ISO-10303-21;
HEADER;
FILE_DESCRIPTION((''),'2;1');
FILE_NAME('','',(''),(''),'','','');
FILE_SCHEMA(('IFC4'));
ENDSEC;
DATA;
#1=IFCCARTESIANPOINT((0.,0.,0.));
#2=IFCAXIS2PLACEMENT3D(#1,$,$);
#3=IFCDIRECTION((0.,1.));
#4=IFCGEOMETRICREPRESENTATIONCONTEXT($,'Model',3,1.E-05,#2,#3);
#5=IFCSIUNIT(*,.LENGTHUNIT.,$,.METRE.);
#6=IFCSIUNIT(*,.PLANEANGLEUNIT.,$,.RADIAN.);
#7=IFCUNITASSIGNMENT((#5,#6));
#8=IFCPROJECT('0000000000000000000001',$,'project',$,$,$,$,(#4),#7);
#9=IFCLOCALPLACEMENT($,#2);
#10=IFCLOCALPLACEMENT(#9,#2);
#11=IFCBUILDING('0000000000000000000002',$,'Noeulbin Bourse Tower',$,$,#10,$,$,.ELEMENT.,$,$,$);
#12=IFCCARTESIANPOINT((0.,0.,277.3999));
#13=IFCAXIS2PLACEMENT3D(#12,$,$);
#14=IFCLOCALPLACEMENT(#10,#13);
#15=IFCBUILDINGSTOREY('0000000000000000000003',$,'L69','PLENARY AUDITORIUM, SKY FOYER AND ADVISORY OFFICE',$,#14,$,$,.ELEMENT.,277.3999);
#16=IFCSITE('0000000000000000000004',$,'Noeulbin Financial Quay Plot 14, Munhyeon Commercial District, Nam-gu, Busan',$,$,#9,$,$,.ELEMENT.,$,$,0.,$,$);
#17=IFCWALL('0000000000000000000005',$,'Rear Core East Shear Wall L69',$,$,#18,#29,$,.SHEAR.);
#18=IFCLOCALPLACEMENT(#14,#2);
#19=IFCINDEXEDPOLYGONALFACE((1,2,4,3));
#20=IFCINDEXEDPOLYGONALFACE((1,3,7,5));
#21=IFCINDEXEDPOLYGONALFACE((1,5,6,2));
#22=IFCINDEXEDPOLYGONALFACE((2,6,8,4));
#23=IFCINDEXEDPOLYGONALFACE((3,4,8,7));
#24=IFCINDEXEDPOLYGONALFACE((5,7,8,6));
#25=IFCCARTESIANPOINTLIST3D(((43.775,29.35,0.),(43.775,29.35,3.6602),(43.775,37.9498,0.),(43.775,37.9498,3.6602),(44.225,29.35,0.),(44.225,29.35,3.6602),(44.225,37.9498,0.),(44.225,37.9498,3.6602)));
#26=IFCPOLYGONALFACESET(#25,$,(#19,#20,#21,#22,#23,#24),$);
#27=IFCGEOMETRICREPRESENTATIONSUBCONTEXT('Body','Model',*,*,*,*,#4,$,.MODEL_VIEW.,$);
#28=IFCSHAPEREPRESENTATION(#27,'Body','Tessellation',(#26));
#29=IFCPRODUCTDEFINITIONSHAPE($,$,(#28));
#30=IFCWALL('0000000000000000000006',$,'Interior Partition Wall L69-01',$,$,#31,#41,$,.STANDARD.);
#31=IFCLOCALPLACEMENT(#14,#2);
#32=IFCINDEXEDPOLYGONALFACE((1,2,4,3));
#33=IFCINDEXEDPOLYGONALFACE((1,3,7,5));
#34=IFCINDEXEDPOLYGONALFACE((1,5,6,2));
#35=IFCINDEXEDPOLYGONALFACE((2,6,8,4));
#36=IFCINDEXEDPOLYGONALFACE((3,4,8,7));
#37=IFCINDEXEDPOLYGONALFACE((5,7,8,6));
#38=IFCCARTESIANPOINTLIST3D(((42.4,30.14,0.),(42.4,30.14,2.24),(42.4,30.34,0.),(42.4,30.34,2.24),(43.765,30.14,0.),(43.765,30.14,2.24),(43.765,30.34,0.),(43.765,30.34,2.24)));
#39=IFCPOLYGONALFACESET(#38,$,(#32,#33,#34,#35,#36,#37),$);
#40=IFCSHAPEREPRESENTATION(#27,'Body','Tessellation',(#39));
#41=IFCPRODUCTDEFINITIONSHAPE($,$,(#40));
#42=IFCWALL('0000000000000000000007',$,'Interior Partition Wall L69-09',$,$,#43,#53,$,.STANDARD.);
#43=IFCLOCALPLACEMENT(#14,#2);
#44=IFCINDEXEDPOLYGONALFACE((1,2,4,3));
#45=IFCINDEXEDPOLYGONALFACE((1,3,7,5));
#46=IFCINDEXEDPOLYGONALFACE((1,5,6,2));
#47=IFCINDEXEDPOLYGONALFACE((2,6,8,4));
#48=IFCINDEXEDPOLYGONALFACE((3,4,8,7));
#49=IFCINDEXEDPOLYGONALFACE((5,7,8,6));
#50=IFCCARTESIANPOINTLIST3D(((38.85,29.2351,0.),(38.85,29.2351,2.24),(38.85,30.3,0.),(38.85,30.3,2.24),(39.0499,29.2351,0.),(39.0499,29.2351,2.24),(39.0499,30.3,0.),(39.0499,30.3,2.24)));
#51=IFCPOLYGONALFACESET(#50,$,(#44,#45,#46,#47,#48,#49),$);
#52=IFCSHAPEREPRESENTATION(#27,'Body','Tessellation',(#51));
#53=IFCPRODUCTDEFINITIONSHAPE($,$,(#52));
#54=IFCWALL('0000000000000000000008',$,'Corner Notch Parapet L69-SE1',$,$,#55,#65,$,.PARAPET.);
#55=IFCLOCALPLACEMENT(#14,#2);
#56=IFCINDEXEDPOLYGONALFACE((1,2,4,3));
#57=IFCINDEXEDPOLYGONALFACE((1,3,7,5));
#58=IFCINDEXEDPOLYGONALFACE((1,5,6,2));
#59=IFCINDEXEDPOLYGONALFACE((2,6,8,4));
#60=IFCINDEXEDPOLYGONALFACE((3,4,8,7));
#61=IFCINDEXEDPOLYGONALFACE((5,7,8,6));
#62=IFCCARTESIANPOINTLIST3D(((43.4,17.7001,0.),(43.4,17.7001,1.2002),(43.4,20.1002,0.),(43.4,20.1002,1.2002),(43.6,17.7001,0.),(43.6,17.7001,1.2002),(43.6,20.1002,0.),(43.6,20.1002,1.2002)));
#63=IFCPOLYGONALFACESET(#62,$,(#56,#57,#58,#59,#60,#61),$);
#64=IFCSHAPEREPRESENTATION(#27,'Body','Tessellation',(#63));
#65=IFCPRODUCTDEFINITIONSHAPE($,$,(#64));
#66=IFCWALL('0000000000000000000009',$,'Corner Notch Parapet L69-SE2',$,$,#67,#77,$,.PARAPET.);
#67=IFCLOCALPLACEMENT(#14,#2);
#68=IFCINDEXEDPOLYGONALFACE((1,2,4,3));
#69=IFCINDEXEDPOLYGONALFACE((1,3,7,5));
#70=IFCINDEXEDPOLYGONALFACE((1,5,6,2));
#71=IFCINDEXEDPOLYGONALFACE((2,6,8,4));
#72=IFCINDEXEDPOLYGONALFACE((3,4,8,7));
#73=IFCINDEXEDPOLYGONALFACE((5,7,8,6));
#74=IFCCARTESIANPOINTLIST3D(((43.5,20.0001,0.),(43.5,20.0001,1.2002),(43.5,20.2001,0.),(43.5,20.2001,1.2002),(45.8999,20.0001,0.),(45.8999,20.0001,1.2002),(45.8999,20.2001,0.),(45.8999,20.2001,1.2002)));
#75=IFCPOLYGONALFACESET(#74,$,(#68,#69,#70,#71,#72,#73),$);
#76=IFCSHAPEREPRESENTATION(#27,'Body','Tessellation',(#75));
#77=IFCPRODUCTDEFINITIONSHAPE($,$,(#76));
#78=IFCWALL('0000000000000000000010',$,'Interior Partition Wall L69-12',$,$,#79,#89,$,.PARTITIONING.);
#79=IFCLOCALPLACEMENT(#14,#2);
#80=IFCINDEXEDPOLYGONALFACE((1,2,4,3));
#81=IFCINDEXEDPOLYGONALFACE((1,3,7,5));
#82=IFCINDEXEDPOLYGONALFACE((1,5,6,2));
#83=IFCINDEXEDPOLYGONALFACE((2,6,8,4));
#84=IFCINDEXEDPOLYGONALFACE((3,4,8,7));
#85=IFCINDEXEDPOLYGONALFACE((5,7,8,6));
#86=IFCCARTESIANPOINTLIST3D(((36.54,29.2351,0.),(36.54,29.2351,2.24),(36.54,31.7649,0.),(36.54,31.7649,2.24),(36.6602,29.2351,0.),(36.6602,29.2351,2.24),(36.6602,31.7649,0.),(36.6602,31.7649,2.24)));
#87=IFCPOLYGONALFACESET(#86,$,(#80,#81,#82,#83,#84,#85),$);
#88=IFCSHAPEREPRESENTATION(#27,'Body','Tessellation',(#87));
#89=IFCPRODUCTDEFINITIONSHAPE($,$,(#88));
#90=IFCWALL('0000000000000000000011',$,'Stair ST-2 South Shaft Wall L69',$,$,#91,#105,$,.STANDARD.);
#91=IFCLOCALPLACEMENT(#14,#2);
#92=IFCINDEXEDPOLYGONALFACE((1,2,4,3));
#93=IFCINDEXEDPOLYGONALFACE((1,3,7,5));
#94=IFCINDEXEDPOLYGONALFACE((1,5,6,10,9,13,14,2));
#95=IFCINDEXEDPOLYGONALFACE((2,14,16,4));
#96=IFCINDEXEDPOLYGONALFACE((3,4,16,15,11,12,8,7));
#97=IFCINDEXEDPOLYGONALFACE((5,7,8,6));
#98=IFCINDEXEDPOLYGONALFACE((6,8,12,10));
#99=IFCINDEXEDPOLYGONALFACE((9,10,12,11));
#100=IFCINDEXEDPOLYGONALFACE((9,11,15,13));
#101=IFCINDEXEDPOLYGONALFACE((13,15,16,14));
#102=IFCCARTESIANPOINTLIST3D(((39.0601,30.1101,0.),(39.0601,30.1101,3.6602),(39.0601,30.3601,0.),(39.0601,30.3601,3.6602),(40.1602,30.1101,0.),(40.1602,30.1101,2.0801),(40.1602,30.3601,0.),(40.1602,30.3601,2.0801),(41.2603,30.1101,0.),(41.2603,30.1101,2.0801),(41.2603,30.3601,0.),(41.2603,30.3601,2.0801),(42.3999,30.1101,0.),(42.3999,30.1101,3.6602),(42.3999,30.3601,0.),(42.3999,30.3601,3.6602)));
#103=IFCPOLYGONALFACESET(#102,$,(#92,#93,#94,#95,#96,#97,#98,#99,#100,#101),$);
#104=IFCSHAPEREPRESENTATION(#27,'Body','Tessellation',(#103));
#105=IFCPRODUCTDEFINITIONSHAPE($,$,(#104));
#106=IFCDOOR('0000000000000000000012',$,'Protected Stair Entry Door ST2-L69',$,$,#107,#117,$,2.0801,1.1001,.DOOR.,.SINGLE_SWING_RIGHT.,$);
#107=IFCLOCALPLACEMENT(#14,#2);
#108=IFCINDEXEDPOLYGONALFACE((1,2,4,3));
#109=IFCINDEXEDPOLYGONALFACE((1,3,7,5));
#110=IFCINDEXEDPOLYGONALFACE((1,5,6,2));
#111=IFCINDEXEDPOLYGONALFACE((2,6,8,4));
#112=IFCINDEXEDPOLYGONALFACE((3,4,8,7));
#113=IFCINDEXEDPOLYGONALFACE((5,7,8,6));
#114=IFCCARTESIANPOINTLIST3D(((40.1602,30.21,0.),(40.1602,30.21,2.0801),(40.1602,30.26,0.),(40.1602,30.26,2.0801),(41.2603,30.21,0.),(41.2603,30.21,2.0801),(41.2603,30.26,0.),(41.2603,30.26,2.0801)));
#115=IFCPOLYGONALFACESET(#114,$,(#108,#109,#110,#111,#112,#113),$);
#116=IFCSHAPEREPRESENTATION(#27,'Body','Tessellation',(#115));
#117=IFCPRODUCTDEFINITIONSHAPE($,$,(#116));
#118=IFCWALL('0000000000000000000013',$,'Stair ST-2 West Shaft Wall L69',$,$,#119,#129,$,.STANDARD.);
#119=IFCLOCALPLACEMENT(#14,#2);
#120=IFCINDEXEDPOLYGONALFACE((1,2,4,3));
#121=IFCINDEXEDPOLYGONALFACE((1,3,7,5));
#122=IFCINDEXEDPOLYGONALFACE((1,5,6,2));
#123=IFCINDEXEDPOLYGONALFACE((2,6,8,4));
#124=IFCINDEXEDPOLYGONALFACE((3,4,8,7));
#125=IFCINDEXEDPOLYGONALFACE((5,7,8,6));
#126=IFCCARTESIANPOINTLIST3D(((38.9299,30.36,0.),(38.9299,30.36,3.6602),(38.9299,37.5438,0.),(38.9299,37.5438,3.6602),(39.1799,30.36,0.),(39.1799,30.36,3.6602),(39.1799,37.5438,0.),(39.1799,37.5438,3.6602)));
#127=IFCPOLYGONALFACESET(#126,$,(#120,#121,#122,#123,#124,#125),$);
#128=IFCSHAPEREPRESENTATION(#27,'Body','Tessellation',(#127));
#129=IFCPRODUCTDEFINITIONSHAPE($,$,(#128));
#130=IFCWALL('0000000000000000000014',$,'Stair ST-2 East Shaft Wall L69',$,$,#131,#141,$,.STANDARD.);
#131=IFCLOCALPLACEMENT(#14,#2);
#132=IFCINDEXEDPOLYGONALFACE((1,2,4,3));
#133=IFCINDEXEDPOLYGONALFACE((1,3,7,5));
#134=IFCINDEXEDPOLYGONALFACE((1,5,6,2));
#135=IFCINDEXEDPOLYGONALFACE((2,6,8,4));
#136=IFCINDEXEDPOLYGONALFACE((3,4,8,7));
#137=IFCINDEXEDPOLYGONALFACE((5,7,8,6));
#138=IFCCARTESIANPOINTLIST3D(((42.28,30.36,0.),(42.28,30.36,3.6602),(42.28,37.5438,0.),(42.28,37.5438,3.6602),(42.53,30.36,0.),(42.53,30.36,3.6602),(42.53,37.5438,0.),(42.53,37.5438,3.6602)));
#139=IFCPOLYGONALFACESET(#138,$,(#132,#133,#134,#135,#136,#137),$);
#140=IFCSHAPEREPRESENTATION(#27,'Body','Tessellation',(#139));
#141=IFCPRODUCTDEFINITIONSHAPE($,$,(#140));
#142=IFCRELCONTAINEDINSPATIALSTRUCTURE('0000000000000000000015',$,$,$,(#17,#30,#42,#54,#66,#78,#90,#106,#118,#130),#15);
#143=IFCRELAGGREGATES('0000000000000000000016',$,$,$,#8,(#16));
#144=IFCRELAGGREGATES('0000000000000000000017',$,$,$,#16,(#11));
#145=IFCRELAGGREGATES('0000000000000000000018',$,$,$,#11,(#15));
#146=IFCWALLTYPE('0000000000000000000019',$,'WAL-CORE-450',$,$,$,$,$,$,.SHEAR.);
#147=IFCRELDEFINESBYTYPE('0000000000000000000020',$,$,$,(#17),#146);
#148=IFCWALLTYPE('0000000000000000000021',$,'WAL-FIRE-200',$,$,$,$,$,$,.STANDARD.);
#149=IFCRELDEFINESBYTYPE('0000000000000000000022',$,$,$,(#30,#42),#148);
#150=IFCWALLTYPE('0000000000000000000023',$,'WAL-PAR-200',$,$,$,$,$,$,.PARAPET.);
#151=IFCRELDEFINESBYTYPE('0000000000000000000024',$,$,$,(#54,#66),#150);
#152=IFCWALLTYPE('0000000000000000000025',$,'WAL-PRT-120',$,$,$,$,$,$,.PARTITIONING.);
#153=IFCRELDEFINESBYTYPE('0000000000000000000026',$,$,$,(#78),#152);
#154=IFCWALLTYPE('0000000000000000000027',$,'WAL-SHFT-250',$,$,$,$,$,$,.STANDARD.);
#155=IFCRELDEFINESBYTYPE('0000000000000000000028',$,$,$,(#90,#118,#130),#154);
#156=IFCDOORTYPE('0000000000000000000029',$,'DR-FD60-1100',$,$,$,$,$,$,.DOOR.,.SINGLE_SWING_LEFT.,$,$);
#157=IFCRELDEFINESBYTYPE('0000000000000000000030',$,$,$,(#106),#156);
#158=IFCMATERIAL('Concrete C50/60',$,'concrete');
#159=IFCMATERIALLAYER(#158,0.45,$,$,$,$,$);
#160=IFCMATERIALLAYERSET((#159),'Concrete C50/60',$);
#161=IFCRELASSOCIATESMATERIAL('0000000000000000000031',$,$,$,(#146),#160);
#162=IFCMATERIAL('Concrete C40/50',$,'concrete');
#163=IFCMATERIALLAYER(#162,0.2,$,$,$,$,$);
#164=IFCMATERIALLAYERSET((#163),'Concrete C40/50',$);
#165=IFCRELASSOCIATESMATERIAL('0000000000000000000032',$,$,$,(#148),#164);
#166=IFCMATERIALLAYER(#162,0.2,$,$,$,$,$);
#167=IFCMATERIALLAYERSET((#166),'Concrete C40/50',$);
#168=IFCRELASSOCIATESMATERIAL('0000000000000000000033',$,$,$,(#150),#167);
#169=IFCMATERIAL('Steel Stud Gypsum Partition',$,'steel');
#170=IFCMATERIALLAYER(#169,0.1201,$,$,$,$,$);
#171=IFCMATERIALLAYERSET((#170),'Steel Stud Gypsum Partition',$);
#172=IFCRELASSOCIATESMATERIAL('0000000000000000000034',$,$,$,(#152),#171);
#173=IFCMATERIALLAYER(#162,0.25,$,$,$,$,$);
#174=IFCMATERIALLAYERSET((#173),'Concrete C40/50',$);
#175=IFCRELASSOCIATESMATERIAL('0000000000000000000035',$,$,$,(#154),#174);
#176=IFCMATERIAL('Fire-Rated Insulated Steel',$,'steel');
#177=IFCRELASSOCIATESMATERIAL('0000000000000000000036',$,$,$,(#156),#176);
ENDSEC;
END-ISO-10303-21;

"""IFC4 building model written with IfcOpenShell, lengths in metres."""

from ifc_helpers import new_model, si_unit, direction, frame, frame_2d, origin, place, context, subcontext, project, spatial, rectangle, extrude, material, layer, layer_set, type_object, element, fill, save


model = new_model("IFC4")

# Units and contexts
model_context = context("Model", 3, precision=1e-05, world=origin(), true_north=direction((0.0, 1.0)))
body_context = subcontext(model_context, "Body", "Model", "MODEL_VIEW")
ifc_project = project(units=[si_unit("LENGTHUNIT", "METRE"), si_unit("PLANEANGLEUNIT", "RADIAN")], contexts=[model_context])

# Site, building, storey
site_placement = place(None, origin())
site = spatial("IfcSite", under=ifc_project, at=site_placement, Name="Noeulbin Financial Quay Plot 14, Munhyeon Commercial District, Nam-gu, Busan", CompositionType="ELEMENT", RefElevation=0.0)
building_placement = place(site_placement, origin())
building = spatial("IfcBuilding", under=site, at=building_placement, Name="Noeulbin Bourse Tower", CompositionType="ELEMENT")
storey_placement = place(building_placement, frame((0.0, 0.0, 277.3999)))
storey = spatial("IfcBuildingStorey", under=building, at=storey_placement, Name="L69", Description="PLENARY AUDITORIUM, SKY FOYER AND ADVISORY OFFICE", CompositionType="ELEMENT", Elevation=277.3999)

# Walls
ifc_material_1 = material(Name="Concrete C50/60", Category="concrete")
ifc_layer_1 = layer(ifc_material_1, 0.45)
ifc_layer_set_1 = layer_set([ifc_layer_1], Name="Concrete C50/60")
wall_type_1 = type_object("IfcWallType", Name="WAL-CORE-450", PredefinedType="SHEAR", material=ifc_layer_set_1)
wall_1_placement = place(storey_placement, frame((44.0, 29.3501, 0.0), z_axis=(0.0, 0.0, 1.0), x_axis=(0.0, 1.0, 0.0)))
element("IfcWall", 1, at=wall_1_placement, inside=storey, type_object=wall_type_1, Name="Rear Core East Shear Wall L69", PredefinedType="SHEAR", context=body_context, shape_type="SweptSolid", body=[
    extrude(rectangle(XDim=8.5999, YDim=0.45, at=frame_2d((4.2998, 0.0))), origin(), (0.0, 0.0, 1.0), 3.6602),
])
ifc_material_2 = material(Name="Concrete C40/50", Category="concrete")
ifc_layer_2 = layer(ifc_material_2, 0.2)
ifc_layer_set_2 = layer_set([ifc_layer_2], Name="Concrete C40/50")
wall_type_2 = type_object("IfcWallType", Name="WAL-FIRE-200", PredefinedType="STANDARD", material=ifc_layer_set_2)
wall_2_placement = place(storey_placement, frame((42.3999, 30.24, 0.0), z_axis=(0.0, 0.0, 1.0), x_axis=(1.0, 0.0, 0.0)))
element("IfcWall", 2, at=wall_2_placement, inside=storey, type_object=wall_type_2, Name="Interior Partition Wall L69-01", PredefinedType="STANDARD", context=body_context, shape_type="SweptSolid", body=[
    extrude(rectangle(XDim=1.365, YDim=0.2, at=frame_2d((0.6826, 0.0))), origin(), (0.0, 0.0, 1.0), 2.24),
])
wall_3_placement = place(storey_placement, frame((38.95, 29.2351, 0.0), z_axis=(0.0, 0.0, 1.0), x_axis=(0.0, 1.0, 0.0)))
element("IfcWall", 3, at=wall_3_placement, inside=storey, type_object=wall_type_2, Name="Interior Partition Wall L69-09", PredefinedType="STANDARD", context=body_context, shape_type="SweptSolid", body=[
    extrude(rectangle(XDim=1.0649, YDim=0.2, at=frame_2d((0.5325, 0.0))), origin(), (0.0, 0.0, 1.0), 2.24),
])
ifc_layer_3 = layer(ifc_material_2, 0.2)
ifc_layer_set_3 = layer_set([ifc_layer_3], Name="Concrete C40/50")
wall_type_3 = type_object("IfcWallType", Name="WAL-PAR-200", PredefinedType="PARAPET", material=ifc_layer_set_3)
wall_4_placement = place(storey_placement, frame((43.5, 17.7, 0.0), z_axis=(0.0, 0.0, 1.0), x_axis=(0.0, 1.0, 0.0)))
element("IfcWall", 4, at=wall_4_placement, inside=storey, type_object=wall_type_3, Name="Corner Notch Parapet L69-SE1", PredefinedType="PARAPET", context=body_context, shape_type="SweptSolid", body=[
    extrude(rectangle(XDim=2.4001, YDim=0.2, at=frame_2d((1.2002, 0.0))), origin(), (0.0, 0.0, 1.0), 1.2002),
])
wall_5_placement = place(storey_placement, frame((43.5, 20.1001, 0.0), z_axis=(0.0, 0.0, 1.0), x_axis=(1.0, 0.0, 0.0)))
element("IfcWall", 5, at=wall_5_placement, inside=storey, type_object=wall_type_3, Name="Corner Notch Parapet L69-SE2", PredefinedType="PARAPET", context=body_context, shape_type="SweptSolid", body=[
    extrude(rectangle(XDim=2.3999, YDim=0.2, at=frame_2d((1.2, 0.0))), origin(), (0.0, 0.0, 1.0), 1.2002),
])
ifc_material_3 = material(Name="Steel Stud Gypsum Partition", Category="steel")
ifc_layer_4 = layer(ifc_material_3, 0.1201)
ifc_layer_set_4 = layer_set([ifc_layer_4], Name="Steel Stud Gypsum Partition")
wall_type_4 = type_object("IfcWallType", Name="WAL-PRT-120", PredefinedType="PARTITIONING", material=ifc_layer_set_4)
wall_6_placement = place(storey_placement, frame((36.6001, 29.2351, 0.0), z_axis=(0.0, 0.0, 1.0), x_axis=(0.0, 1.0, 0.0)))
element("IfcWall", 6, at=wall_6_placement, inside=storey, type_object=wall_type_4, Name="Interior Partition Wall L69-12", PredefinedType="PARTITIONING", context=body_context, shape_type="SweptSolid", body=[
    extrude(rectangle(XDim=2.5298, YDim=0.1201, at=frame_2d((1.2649, 0.0))), origin(), (0.0, 0.0, 1.0), 2.24),
])

# Wall, opening, door
ifc_layer_5 = layer(ifc_material_2, 0.25)
ifc_layer_set_5 = layer_set([ifc_layer_5], Name="Concrete C40/50")
wall_type_5 = type_object("IfcWallType", Name="WAL-SHFT-250", PredefinedType="STANDARD", material=ifc_layer_set_5)
wall_7_placement = place(storey_placement, frame((39.0601, 30.2351, 0.0), z_axis=(0.0, 0.0, 1.0), x_axis=(1.0, 0.0, 0.0)))
wall_7 = element("IfcWall", 7, at=wall_7_placement, inside=storey, type_object=wall_type_5, Name="Stair ST-2 South Shaft Wall L69", PredefinedType="STANDARD", context=body_context, shape_type="SweptSolid", body=[
    extrude(rectangle(XDim=3.3398, YDim=0.25, at=frame_2d((1.6699, 0.0))), origin(), (0.0, 0.0, 1.0), 3.6602),
])
opening_placement = place(wall_7_placement, frame((1.1001, 0.0, 0.0)))
opening = element("IfcOpeningElement", 8, at=opening_placement, cuts=wall_7, PredefinedType="OPENING", context=body_context, shape_type="SweptSolid", body=[
    extrude(rectangle(XDim=1.1001, YDim=2.0801, at=frame_2d((0.55, 1.04))), frame((0.0, 0.135, 0.0), z_axis=(0.0, -1.0, 0.0), x_axis=(1.0, 0.0, 0.0)), (0.0, 0.0, 1.0), 0.27),
])
ifc_material_4 = material(Name="Fire-Rated Insulated Steel", Category="steel")
door_type = type_object("IfcDoorType", Name="DR-FD60-1100", OperationType="SINGLE_SWING_LEFT", PredefinedType="DOOR", material=ifc_material_4)
door_placement = place(opening_placement, origin())
door = element("IfcDoor", 9, at=door_placement, inside=storey, type_object=door_type, Name="Protected Stair Entry Door ST2-L69", OperationType="SINGLE_SWING_RIGHT", OverallHeight=2.0801, OverallWidth=1.1001, PredefinedType="DOOR", context=body_context, shape_type="SweptSolid", body=[
    extrude(rectangle(XDim=1.1001, YDim=2.0801, at=frame_2d((0.55, 1.04))), frame((0.0, 0.0249, 0.0), z_axis=(0.0, -1.0, 0.0), x_axis=(1.0, 0.0, 0.0)), (0.0, 0.0, 1.0), 0.05),
])
fill(opening, door)

# Walls
for number, where, z_axis, x_axis, name in (
    (10, (39.0549, 30.3601, 0.0), (0.0, 0.0, 1.0), (0.0, 1.0, 0.0), "Stair ST-2 West Shaft Wall L69"),
    (11, (42.405, 30.3601, 0.0), (0.0, 0.0, 1.0), (0.0, 1.0, 0.0), "Stair ST-2 East Shaft Wall L69"),
):
    element("IfcWall", number, at=place(storey_placement, frame(where, z_axis=z_axis, x_axis=x_axis)), inside=storey, type_object=wall_type_5, Name=name, PredefinedType="STANDARD", context=body_context, shape_type="SweptSolid", body=[
        extrude(rectangle(XDim=7.1838, YDim=0.25, at=frame_2d((3.5918, 0.0))), origin(), (0.0, 0.0, 1.0), 3.6602),
    ])

save(model, "model.ifc")
